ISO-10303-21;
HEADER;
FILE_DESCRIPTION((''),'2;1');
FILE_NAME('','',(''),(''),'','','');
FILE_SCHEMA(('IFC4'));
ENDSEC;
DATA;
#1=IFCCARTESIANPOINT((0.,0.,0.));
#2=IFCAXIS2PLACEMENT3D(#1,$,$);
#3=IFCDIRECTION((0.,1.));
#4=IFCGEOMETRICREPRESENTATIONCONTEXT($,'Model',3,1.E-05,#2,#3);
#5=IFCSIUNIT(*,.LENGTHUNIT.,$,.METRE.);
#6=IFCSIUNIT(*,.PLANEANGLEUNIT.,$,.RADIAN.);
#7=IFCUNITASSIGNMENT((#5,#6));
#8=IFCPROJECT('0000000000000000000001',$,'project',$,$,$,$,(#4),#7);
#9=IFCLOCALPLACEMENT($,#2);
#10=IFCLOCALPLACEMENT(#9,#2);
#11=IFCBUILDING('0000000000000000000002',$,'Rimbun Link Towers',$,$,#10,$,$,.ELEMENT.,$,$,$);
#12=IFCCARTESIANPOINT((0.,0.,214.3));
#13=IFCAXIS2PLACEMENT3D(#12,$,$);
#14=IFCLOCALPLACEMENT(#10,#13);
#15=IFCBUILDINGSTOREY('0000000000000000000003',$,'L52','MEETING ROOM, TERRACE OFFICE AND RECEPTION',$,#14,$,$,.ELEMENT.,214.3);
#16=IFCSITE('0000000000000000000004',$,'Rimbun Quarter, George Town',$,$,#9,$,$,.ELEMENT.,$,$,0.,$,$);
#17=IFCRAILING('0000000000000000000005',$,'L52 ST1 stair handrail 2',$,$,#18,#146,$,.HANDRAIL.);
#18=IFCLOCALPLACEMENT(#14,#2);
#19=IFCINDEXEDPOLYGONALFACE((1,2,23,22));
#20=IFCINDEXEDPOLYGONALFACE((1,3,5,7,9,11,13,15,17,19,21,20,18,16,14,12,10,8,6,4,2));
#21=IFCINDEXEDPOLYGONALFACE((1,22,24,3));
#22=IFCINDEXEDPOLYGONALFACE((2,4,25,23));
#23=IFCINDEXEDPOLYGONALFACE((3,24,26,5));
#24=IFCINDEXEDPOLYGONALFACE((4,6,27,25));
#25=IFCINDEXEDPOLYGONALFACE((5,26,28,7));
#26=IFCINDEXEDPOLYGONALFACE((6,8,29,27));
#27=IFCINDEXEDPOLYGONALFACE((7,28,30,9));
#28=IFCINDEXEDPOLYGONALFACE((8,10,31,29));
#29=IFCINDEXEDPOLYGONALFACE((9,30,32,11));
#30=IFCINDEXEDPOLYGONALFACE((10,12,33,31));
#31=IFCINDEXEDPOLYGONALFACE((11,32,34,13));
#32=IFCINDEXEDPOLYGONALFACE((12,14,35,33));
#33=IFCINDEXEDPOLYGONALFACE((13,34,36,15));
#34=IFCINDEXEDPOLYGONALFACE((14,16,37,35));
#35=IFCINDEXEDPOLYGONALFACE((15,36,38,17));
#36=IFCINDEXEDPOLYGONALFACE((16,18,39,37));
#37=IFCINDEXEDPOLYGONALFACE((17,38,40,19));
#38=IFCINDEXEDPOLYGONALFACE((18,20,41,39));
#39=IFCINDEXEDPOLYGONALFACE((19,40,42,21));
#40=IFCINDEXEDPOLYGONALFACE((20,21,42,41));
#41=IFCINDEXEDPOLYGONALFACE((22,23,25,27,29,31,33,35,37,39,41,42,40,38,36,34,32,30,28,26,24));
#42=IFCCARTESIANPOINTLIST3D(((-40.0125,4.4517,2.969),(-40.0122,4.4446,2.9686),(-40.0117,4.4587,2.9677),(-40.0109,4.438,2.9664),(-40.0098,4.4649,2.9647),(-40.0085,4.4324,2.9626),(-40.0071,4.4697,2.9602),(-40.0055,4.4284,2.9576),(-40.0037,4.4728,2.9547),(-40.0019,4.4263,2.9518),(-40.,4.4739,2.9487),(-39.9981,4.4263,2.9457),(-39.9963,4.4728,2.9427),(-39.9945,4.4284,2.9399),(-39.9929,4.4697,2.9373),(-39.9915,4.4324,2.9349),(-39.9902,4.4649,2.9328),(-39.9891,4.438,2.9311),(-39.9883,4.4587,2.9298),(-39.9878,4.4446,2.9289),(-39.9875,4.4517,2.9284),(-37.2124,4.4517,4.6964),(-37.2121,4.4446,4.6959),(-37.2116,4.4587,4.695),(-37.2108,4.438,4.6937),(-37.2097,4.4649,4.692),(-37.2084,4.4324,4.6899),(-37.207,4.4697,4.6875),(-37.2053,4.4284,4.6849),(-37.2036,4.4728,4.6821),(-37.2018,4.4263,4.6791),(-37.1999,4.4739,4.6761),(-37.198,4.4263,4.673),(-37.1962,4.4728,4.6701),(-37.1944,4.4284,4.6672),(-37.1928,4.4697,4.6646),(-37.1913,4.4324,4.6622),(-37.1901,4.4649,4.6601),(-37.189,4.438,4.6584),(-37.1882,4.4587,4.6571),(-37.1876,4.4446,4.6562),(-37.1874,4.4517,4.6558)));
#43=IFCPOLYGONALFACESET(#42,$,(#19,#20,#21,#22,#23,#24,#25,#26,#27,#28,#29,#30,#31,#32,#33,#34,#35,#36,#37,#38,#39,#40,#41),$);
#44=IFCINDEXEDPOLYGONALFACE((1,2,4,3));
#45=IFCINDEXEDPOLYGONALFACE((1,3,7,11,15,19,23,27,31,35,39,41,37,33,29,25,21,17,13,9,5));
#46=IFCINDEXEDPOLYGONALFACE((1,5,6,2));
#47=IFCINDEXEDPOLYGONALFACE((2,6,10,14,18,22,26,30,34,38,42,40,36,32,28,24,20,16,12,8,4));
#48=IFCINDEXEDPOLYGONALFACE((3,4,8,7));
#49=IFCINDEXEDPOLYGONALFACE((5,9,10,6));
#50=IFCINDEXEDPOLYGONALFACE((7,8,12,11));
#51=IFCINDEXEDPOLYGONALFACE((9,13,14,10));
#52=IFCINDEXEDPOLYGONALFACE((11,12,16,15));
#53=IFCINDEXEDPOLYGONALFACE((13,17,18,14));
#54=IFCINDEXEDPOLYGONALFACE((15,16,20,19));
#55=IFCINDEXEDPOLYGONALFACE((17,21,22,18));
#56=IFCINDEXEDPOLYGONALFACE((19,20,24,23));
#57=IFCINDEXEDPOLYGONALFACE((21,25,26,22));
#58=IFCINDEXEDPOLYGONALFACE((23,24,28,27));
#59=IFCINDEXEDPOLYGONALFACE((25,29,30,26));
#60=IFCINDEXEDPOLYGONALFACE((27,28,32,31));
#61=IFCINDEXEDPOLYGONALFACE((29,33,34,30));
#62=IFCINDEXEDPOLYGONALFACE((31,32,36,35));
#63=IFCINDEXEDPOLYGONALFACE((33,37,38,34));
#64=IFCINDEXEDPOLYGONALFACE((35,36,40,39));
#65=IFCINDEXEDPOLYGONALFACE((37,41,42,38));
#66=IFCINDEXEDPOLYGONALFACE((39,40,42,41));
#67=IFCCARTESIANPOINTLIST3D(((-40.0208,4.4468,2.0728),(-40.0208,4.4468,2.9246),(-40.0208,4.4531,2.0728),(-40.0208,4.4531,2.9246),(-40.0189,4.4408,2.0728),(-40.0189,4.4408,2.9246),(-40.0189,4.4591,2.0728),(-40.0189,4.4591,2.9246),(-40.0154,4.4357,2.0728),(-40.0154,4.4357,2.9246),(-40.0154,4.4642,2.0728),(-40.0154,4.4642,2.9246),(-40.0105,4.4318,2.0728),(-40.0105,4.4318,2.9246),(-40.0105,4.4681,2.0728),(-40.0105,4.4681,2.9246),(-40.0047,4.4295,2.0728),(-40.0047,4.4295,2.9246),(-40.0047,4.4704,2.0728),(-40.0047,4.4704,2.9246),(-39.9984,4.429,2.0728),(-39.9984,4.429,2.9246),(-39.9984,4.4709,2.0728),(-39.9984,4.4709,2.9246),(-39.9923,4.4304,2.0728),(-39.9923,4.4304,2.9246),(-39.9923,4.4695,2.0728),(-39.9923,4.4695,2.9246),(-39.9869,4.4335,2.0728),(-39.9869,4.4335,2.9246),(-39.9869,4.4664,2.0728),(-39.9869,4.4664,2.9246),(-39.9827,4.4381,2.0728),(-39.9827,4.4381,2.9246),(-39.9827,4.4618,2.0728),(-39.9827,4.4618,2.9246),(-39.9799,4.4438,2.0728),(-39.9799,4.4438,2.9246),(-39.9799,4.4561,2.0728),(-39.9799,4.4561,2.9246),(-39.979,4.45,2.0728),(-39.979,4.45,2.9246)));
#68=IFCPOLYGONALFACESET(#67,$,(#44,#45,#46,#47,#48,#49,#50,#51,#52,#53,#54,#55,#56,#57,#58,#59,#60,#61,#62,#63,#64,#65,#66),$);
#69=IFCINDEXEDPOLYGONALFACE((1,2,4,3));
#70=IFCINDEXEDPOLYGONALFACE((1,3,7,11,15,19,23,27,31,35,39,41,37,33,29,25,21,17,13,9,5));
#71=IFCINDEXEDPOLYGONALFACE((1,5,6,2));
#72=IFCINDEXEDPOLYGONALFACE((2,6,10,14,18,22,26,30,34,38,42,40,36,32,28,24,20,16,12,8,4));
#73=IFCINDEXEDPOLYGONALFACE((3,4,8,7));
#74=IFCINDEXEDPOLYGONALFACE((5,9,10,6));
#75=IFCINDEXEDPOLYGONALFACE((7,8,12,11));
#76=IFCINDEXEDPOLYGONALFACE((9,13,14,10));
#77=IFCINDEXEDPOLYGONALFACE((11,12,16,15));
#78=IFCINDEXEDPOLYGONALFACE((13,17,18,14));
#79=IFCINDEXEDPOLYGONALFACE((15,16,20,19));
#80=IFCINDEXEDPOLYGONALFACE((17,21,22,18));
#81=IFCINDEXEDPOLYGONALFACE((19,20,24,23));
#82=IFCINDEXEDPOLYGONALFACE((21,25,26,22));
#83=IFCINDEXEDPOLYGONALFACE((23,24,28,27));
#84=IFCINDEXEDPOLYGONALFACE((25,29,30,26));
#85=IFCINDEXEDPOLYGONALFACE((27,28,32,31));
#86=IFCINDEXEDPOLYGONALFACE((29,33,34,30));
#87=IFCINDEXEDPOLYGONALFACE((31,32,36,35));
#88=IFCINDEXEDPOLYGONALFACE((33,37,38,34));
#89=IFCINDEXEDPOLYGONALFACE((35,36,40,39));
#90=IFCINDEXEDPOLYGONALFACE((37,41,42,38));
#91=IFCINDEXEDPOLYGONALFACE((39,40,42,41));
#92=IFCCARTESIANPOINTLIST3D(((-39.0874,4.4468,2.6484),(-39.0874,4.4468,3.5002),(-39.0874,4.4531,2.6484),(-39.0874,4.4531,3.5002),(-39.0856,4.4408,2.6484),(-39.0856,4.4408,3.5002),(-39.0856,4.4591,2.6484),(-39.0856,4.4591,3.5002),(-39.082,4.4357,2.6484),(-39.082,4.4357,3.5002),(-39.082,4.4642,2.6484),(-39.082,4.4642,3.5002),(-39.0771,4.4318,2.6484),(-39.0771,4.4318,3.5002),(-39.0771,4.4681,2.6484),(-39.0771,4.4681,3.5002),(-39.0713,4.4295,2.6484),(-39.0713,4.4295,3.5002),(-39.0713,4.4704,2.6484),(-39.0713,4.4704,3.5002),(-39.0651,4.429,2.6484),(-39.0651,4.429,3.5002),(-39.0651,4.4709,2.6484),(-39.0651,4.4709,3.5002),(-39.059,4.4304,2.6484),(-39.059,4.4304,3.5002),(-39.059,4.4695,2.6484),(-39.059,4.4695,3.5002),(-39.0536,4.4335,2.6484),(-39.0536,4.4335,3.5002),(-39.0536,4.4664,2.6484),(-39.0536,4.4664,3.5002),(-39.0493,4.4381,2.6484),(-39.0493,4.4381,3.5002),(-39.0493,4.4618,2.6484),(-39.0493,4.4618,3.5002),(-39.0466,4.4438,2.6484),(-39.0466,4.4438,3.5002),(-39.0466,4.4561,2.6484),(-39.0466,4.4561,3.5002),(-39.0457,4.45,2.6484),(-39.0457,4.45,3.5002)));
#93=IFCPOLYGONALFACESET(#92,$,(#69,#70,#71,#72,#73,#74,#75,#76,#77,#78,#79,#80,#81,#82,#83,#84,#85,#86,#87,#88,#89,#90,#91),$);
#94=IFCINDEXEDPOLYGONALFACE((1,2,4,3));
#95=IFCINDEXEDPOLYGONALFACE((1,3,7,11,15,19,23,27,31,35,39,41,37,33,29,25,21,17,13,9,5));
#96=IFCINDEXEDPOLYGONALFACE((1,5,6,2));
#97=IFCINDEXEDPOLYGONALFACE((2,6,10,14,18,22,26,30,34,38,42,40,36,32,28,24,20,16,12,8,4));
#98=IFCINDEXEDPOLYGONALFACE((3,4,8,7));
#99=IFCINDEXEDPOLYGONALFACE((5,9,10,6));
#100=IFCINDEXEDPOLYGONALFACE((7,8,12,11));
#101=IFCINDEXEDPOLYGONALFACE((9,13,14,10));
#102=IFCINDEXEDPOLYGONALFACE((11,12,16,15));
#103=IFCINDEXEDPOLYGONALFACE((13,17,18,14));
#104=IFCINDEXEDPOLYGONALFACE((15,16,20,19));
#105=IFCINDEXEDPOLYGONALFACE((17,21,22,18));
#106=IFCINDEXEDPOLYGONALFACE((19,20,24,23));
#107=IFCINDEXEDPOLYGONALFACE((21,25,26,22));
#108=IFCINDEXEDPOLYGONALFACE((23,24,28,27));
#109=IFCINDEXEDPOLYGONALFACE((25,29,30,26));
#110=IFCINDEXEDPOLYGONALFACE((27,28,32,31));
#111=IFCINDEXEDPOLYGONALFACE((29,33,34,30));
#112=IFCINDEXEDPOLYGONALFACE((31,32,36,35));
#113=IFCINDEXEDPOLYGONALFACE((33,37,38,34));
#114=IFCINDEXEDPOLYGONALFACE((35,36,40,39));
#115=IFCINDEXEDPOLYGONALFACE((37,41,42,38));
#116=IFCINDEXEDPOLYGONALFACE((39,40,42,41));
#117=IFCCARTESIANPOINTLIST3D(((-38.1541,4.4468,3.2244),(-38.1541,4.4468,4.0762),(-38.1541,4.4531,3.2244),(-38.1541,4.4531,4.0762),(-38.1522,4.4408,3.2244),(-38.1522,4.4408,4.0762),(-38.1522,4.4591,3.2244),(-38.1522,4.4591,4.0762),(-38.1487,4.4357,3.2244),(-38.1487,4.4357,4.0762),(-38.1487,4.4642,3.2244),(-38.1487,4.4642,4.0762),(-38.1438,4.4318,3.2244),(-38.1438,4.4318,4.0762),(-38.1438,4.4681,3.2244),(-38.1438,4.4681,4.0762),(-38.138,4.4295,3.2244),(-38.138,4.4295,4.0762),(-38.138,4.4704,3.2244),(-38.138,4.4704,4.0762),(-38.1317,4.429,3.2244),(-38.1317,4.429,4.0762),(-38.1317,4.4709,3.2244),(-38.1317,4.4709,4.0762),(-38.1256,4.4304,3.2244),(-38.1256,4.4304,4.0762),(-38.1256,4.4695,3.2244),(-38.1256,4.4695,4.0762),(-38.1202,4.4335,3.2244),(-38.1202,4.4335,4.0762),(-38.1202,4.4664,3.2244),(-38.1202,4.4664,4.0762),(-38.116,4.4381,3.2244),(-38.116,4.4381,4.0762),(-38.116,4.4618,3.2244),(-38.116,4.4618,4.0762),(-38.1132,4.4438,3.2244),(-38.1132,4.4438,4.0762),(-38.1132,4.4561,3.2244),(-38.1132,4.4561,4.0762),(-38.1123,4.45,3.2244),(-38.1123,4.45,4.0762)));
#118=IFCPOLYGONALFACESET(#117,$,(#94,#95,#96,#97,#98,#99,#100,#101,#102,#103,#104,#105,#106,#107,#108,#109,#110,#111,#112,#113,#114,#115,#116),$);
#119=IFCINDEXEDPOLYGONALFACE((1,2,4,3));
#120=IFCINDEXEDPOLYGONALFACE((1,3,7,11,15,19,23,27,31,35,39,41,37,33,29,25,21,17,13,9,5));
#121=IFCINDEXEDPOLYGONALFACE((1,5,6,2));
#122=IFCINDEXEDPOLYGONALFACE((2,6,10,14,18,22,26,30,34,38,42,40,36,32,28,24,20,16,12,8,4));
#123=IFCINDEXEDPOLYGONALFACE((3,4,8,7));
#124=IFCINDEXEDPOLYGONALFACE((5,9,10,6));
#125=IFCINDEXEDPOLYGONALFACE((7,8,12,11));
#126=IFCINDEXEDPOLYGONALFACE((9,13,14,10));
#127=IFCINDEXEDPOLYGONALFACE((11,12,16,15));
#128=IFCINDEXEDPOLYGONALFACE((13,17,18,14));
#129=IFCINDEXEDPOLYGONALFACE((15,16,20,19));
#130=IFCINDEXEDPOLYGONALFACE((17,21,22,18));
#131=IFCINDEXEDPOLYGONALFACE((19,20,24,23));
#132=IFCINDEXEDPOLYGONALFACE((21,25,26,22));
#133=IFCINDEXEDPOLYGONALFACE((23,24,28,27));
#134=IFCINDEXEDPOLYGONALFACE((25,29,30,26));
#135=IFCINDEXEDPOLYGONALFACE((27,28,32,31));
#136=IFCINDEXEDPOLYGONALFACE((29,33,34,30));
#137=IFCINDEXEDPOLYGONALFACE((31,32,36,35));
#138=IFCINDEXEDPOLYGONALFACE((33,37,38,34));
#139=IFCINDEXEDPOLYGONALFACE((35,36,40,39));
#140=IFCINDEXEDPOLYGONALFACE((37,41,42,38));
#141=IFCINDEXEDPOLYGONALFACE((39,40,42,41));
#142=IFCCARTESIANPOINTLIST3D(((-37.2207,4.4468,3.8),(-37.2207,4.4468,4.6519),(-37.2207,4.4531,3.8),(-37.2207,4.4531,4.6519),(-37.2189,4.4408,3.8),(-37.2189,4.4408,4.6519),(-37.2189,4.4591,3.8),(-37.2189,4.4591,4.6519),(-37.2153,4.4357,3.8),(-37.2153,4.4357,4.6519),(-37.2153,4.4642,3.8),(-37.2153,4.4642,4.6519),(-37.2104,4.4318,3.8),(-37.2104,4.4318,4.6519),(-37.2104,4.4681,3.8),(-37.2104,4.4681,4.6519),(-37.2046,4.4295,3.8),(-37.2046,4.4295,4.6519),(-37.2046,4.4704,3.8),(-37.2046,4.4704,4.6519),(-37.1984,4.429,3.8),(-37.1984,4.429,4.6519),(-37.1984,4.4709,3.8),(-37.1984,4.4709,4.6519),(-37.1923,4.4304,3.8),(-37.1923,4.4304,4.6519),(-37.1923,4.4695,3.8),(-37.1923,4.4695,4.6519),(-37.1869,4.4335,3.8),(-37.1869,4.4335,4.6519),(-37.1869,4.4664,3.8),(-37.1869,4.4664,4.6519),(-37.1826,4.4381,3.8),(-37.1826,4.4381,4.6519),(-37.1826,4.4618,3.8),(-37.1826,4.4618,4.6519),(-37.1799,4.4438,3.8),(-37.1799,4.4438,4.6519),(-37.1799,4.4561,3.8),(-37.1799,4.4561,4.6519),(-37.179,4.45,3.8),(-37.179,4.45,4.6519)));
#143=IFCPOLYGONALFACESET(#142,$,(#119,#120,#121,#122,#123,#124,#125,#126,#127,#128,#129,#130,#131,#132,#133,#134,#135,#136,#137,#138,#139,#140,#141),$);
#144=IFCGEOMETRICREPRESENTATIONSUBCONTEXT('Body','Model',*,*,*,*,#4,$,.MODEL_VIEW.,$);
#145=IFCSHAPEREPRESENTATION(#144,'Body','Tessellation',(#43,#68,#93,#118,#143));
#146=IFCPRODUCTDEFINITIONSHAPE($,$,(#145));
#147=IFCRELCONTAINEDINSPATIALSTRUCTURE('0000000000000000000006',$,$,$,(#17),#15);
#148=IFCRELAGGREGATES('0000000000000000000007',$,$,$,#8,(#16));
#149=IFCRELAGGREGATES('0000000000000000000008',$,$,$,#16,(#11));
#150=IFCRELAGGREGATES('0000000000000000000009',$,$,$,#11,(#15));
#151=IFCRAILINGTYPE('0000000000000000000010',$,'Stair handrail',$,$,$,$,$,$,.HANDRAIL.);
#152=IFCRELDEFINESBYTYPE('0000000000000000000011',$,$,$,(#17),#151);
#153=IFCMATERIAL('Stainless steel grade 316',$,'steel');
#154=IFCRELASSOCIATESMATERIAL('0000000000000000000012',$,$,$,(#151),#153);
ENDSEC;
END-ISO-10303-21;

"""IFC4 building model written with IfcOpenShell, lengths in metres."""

from ifc_helpers import new_model, si_unit, direction, frame, origin, origin_2d, place, context, subcontext, project, spatial, circle, extrude, material, type_object, element, save


model = new_model("IFC4")

# Units and contexts
model_context = context("Model", 3, precision=1e-05, world=origin(), true_north=direction((0.0, 1.0)))
body_context = subcontext(model_context, "Body", "Model", "MODEL_VIEW")
ifc_project = project(units=[si_unit("LENGTHUNIT", "METRE"), si_unit("PLANEANGLEUNIT", "RADIAN")], contexts=[model_context])

# Site, building, storey
site_placement = place(None, origin())
site = spatial("IfcSite", under=ifc_project, at=site_placement, Name="Rimbun Quarter, George Town", CompositionType="ELEMENT", RefElevation=0.0)
building_placement = place(site_placement, origin())
building = spatial("IfcBuilding", under=site, at=building_placement, Name="Rimbun Link Towers", CompositionType="ELEMENT")
storey_placement = place(building_placement, frame((0.0, 0.0, 214.3)))
storey = spatial("IfcBuildingStorey", under=building, at=storey_placement, Name="L52", Description="MEETING ROOM, TERRACE OFFICE AND RECEPTION", CompositionType="ELEMENT", Elevation=214.3)

# Railing
ifc_material_1 = material(Name="Stainless steel grade 316", Category="steel")
railing_type_1 = type_object("IfcRailingType", Name="Stair handrail", PredefinedType="HANDRAIL", material=ifc_material_1)
railing_1_placement = place(storey_placement, frame((-40.0, 4.45, 2.0728)))
element("IfcRailing", 1, at=railing_1_placement, inside=storey, type_object=railing_type_1, Name="L52 ST1 stair handrail 2", PredefinedType="HANDRAIL", context=body_context, shape_type="SweptSolid", body=[
    extrude(circle(Radius=0.0239, at=origin_2d()), frame((0.0, 0.0, 0.876), z_axis=(0.85109, 0.0, 0.52502), x_axis=(0.0, 1.0, 0.0)), (0.0, 0.0, 1.0), 3.29),
    extrude(circle(Radius=0.021, at=origin_2d()), origin(), (0.0, 0.0, 1.0), 0.8518),
    extrude(circle(Radius=0.021, at=origin_2d()), frame((0.9333, 0.0, 0.5757)), (0.0, 0.0, 1.0), 0.8518),
    extrude(circle(Radius=0.021, at=origin_2d()), frame((1.8667, 0.0, 1.1516)), (0.0, 0.0, 1.0), 0.8518),
    extrude(circle(Radius=0.021, at=origin_2d()), frame((2.8, 0.0, 1.7273)), (0.0, 0.0, 1.0), 0.8518),
])

save(model, "model.ifc")
